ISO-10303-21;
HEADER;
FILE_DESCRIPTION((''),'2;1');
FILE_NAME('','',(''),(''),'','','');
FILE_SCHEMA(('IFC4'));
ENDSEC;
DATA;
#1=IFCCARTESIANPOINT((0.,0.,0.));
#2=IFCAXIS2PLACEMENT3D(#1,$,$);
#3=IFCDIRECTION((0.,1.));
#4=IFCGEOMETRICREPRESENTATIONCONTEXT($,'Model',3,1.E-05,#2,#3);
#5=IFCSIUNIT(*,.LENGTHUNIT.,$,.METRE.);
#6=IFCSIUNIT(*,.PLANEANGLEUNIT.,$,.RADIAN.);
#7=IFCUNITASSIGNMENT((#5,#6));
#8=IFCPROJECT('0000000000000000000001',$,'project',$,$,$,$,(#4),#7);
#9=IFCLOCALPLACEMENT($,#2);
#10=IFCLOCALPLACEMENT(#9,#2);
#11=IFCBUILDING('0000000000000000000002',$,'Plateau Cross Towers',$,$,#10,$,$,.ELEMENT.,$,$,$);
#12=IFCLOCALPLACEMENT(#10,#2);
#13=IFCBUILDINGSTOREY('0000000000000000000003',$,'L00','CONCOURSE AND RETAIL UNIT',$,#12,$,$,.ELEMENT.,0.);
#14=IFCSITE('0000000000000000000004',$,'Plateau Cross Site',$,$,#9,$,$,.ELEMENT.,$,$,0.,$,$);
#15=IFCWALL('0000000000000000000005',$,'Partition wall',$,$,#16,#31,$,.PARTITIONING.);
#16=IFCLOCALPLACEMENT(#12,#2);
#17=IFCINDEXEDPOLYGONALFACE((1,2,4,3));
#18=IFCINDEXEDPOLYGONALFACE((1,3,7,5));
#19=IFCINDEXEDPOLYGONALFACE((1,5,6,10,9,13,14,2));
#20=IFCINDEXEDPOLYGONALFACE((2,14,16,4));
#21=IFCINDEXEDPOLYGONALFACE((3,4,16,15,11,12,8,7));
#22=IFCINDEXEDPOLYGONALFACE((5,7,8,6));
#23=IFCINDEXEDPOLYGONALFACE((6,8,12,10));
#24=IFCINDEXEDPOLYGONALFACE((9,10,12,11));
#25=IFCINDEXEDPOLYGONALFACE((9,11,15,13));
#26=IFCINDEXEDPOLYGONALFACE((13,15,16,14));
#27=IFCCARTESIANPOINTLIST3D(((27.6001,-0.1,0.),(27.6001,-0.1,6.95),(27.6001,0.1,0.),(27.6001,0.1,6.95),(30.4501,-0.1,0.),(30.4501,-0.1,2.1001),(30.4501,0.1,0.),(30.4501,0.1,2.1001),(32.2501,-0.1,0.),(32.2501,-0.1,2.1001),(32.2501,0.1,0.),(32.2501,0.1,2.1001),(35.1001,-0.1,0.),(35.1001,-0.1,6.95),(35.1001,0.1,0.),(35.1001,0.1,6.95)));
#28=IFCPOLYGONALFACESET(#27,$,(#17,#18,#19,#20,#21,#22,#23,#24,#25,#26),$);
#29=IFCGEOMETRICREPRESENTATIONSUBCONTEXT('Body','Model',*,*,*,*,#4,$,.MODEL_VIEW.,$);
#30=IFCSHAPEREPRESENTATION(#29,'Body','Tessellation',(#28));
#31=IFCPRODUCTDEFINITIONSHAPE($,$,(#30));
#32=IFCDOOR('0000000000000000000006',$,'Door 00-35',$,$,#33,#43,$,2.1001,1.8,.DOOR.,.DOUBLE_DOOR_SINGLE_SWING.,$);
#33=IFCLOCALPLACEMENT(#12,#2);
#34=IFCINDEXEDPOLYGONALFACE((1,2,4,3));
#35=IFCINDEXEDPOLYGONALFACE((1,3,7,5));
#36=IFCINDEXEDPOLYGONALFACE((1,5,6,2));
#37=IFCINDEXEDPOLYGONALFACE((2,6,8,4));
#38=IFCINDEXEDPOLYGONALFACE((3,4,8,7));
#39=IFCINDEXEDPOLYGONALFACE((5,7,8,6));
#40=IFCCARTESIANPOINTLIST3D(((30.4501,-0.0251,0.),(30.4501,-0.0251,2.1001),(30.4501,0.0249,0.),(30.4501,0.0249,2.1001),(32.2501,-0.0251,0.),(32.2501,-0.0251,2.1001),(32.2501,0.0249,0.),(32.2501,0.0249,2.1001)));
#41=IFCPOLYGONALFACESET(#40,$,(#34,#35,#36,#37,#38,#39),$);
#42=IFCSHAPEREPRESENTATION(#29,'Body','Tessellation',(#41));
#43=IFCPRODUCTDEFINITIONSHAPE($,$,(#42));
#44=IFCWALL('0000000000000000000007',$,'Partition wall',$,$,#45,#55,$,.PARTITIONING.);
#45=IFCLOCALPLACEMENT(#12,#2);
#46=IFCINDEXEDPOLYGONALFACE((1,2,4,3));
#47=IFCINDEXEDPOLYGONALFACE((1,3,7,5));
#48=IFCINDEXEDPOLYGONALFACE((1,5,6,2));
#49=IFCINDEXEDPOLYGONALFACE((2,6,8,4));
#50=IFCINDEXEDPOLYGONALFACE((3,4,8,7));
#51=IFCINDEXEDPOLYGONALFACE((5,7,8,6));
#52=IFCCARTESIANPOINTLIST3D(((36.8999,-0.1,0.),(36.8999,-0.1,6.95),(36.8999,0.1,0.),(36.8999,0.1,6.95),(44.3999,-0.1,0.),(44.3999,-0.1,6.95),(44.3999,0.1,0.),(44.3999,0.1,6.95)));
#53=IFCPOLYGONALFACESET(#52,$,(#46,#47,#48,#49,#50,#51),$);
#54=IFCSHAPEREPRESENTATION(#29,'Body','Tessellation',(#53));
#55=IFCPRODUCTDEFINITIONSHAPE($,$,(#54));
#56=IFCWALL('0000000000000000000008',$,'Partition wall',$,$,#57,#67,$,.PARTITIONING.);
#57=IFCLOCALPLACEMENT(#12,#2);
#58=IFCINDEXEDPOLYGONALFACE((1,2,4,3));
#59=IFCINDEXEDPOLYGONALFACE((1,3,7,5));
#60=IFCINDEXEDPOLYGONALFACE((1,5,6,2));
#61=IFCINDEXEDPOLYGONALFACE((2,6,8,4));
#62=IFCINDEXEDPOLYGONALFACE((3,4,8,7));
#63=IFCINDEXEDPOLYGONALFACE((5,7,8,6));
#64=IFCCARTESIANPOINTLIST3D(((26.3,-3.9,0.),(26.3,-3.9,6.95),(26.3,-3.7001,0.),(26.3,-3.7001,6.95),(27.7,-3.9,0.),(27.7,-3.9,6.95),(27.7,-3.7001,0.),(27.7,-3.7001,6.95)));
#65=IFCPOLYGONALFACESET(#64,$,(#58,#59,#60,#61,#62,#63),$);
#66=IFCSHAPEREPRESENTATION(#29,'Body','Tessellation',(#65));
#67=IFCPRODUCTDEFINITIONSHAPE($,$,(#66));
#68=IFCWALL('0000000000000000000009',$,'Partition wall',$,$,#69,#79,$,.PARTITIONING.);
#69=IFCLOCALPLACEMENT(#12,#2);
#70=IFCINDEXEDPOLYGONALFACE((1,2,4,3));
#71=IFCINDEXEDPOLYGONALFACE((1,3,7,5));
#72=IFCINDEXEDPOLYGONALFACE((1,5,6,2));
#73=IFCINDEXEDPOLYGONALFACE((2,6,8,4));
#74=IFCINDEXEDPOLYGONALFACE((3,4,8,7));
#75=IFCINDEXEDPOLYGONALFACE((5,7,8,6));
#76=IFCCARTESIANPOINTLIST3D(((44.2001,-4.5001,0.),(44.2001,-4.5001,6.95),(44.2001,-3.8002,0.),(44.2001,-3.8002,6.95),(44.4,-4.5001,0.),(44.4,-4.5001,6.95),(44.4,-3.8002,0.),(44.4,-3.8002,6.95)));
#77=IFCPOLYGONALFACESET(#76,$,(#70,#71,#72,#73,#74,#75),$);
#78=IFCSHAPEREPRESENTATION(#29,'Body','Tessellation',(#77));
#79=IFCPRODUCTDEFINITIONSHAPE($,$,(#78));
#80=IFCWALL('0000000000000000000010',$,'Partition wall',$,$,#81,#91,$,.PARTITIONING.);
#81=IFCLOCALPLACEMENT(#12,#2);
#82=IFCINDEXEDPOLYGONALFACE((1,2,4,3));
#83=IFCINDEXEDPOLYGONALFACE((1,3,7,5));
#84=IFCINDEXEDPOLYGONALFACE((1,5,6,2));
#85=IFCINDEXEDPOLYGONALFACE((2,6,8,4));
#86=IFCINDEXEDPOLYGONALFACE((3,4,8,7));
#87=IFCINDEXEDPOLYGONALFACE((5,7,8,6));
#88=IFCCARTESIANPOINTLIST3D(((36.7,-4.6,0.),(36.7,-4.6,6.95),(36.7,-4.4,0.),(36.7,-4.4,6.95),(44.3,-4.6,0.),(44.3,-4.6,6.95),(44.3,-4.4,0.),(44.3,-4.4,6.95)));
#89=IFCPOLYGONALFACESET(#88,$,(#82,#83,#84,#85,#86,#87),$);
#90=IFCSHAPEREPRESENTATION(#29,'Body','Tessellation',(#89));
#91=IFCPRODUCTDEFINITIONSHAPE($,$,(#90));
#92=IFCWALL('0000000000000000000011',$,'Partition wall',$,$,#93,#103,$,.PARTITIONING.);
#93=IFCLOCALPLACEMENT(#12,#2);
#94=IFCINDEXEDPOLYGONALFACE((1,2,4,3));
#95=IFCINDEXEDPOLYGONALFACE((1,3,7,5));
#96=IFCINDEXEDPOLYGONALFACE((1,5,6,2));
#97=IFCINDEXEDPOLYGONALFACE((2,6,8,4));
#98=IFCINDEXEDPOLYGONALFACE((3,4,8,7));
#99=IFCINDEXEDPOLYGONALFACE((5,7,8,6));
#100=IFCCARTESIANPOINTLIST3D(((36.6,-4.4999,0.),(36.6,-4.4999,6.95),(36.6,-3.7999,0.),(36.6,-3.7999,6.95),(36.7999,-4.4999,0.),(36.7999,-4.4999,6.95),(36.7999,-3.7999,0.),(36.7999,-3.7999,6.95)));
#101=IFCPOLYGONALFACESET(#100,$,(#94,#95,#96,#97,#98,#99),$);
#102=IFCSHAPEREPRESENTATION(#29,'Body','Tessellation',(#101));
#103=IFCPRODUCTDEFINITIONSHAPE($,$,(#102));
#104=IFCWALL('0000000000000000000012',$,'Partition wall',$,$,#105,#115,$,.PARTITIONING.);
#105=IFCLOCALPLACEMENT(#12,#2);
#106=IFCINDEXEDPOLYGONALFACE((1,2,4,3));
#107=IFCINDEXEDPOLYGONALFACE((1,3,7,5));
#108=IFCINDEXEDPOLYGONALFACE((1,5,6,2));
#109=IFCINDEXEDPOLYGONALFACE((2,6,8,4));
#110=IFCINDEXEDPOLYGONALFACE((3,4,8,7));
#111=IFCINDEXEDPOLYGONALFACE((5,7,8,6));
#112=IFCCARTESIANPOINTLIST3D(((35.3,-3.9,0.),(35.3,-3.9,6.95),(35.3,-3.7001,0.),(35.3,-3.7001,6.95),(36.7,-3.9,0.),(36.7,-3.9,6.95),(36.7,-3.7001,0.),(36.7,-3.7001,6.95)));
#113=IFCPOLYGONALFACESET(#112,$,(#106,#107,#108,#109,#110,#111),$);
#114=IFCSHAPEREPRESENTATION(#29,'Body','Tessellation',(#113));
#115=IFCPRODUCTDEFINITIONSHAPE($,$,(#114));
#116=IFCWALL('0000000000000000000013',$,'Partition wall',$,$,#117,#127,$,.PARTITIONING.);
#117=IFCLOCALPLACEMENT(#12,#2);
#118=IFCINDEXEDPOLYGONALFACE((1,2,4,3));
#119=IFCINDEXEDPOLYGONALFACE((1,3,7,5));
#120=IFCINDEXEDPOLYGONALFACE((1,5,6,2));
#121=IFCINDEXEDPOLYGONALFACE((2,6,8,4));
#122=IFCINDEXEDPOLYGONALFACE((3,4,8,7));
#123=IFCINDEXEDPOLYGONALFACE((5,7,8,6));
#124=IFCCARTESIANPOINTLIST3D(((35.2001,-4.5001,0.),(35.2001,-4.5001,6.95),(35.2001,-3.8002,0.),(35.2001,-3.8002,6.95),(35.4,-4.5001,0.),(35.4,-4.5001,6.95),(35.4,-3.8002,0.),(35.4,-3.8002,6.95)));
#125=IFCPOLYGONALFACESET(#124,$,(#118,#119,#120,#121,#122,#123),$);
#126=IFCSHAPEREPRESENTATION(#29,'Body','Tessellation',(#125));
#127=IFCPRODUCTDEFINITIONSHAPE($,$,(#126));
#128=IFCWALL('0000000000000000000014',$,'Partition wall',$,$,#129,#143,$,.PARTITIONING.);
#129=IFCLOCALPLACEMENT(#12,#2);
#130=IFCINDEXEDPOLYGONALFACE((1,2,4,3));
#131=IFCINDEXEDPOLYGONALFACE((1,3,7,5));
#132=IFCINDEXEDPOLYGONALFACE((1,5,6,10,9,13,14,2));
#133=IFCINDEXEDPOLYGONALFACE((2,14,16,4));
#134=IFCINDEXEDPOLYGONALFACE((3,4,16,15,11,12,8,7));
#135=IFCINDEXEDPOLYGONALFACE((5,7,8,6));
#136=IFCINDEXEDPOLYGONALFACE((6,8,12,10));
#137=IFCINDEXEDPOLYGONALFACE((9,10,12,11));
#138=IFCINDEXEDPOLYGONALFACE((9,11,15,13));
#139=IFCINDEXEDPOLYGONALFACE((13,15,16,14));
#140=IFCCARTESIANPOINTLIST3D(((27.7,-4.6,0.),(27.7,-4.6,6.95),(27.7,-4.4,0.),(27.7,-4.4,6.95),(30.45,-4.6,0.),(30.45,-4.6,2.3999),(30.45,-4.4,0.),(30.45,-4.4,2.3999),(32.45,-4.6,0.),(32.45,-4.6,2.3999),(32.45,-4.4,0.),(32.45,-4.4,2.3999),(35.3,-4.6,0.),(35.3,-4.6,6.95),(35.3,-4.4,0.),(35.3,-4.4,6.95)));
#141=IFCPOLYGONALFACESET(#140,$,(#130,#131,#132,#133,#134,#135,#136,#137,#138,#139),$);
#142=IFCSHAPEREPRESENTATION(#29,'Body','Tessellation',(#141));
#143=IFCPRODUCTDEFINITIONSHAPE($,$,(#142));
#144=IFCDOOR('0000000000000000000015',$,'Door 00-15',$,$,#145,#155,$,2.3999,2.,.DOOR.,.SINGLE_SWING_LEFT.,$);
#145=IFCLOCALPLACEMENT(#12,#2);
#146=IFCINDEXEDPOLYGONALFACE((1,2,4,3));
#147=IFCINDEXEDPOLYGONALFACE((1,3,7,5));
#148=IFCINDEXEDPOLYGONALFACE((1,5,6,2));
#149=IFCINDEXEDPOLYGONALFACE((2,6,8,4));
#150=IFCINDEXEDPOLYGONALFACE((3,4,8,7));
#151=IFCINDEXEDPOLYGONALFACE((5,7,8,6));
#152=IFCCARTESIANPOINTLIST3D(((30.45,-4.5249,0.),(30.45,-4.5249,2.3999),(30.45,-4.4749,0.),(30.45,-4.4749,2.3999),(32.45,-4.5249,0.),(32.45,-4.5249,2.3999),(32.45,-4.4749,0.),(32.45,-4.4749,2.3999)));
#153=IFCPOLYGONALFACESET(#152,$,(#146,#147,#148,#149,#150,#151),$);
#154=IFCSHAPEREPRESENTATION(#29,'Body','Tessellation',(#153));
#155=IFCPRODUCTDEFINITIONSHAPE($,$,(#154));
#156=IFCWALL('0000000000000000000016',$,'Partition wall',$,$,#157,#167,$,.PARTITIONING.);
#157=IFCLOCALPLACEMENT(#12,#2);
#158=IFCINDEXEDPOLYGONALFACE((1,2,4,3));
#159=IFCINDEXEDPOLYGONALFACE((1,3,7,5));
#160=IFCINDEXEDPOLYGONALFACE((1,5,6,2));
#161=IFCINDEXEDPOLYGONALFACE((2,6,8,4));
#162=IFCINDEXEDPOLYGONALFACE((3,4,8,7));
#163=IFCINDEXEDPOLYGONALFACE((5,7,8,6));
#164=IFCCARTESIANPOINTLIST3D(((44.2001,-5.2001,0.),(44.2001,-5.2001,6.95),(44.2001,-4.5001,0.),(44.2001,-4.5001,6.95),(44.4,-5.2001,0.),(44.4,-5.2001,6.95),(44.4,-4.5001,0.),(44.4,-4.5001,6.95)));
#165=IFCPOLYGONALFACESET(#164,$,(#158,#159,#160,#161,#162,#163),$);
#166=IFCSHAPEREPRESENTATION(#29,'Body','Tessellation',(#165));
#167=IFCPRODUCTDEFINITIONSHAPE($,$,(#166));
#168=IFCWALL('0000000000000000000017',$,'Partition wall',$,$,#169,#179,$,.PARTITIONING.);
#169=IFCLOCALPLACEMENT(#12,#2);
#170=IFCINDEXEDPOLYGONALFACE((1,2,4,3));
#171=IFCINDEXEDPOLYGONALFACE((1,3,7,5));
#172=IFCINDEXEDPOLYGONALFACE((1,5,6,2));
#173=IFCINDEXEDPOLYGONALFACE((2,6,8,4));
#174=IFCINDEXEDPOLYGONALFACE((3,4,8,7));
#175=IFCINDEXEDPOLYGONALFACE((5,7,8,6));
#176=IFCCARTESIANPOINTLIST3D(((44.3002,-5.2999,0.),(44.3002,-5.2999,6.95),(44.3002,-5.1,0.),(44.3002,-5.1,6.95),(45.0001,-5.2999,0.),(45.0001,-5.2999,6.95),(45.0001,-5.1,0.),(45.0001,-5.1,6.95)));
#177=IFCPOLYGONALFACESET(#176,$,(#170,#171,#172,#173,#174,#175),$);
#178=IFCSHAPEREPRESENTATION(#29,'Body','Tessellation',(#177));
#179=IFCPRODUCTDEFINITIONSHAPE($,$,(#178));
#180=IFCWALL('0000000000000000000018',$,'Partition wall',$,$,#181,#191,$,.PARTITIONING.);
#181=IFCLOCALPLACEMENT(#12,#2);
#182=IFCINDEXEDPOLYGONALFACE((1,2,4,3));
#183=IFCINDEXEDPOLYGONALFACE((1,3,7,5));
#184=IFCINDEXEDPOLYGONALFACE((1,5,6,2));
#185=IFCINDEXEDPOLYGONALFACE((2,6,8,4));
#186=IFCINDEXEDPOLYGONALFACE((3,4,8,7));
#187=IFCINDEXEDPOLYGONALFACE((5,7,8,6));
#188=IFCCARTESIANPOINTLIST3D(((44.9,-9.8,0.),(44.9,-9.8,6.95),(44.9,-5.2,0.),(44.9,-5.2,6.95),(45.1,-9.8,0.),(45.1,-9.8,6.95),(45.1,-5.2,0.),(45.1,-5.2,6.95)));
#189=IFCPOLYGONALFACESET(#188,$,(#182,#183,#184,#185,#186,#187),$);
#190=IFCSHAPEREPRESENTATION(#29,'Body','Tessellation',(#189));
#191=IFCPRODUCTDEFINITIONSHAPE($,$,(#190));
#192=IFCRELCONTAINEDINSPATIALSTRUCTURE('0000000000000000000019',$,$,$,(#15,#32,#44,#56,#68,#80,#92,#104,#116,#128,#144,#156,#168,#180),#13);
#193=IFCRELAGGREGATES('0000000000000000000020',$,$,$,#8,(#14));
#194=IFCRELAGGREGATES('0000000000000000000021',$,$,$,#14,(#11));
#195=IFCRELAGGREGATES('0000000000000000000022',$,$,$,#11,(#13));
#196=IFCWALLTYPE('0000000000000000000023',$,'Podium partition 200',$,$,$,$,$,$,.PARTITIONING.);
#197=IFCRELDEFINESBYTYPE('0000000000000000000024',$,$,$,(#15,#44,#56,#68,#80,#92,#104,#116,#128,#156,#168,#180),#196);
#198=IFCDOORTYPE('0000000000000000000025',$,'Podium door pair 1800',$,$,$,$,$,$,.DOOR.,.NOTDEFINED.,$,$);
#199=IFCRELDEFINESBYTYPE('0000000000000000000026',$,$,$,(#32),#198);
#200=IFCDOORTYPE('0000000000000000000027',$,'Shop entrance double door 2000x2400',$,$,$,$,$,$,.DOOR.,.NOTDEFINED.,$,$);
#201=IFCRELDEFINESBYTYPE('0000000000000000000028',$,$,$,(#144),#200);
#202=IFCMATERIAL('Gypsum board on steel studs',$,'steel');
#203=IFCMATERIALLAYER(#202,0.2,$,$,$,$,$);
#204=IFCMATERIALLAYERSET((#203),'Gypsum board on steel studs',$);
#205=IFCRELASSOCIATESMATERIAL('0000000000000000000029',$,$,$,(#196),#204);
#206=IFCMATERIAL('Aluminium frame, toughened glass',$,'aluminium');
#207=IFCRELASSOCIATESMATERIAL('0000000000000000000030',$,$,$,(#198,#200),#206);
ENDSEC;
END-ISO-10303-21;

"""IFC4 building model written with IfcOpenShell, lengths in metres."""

from ifc_helpers import new_model, si_unit, direction, frame, frame_2d, origin, place, context, subcontext, project, spatial, rectangle, extrude, material, layer, layer_set, type_object, element, fill, save


model = new_model("IFC4")

# Units and contexts
model_context = context("Model", 3, precision=1e-05, world=origin(), true_north=direction((0.0, 1.0)))
body_context = subcontext(model_context, "Body", "Model", "MODEL_VIEW")
ifc_project = project(units=[si_unit("LENGTHUNIT", "METRE"), si_unit("PLANEANGLEUNIT", "RADIAN")], contexts=[model_context])

# Site, building, storey
site_placement = place(None, origin())
site = spatial("IfcSite", under=ifc_project, at=site_placement, Name="Plateau Cross Site", CompositionType="ELEMENT", RefElevation=0.0)
building_placement = place(site_placement, origin())
building = spatial("IfcBuilding", under=site, at=building_placement, Name="Plateau Cross Towers", CompositionType="ELEMENT")
storey_placement = place(building_placement, origin())
storey = spatial("IfcBuildingStorey", under=building, at=storey_placement, Name="L00", Description="CONCOURSE AND RETAIL UNIT", CompositionType="ELEMENT", Elevation=0.0)

# Wall, opening, door
ifc_material_1 = material(Name="Gypsum board on steel studs", Category="steel")
ifc_layer_1 = layer(ifc_material_1, 0.2)
ifc_layer_set_1 = layer_set([ifc_layer_1], Name="Gypsum board on steel studs")
wall_type = type_object("IfcWallType", Name="Podium partition 200", PredefinedType="PARTITIONING", material=ifc_layer_set_1)
wall_1_placement = place(storey_placement, frame((27.6001, 0.0, 0.0), z_axis=(0.0, 0.0, 1.0), x_axis=(1.0, 0.0, 0.0)))
wall_1 = element("IfcWall", 1, at=wall_1_placement, inside=storey, type_object=wall_type, Name="Partition wall", PredefinedType="PARTITIONING", context=body_context, shape_type="SweptSolid", body=[
    extrude(rectangle(XDim=7.5, YDim=0.2, at=frame_2d((3.75, 0.0))), origin(), (0.0, 0.0, 1.0), 6.95),
])
opening_1_placement = place(wall_1_placement, frame((2.8501, 0.0, 0.0)))
opening_1 = element("IfcOpeningElement", 2, at=opening_1_placement, cuts=wall_1, PredefinedType="OPENING", context=body_context, shape_type="SweptSolid", body=[
    extrude(rectangle(XDim=1.8, YDim=2.1001, at=frame_2d((0.8999, 1.05))), frame((0.0, 0.1099, 0.0), z_axis=(0.0, -1.0, 0.0), x_axis=(1.0, 0.0, 0.0)), (0.0, 0.0, 1.0), 0.22),
])
ifc_material_2 = material(Name="Aluminium frame, toughened glass", Category="aluminium")
door_type_1 = type_object("IfcDoorType", Name="Podium door pair 1800", OperationType="NOTDEFINED", PredefinedType="DOOR", material=ifc_material_2)
door_1_placement = place(opening_1_placement, origin())
door_1 = element("IfcDoor", 3, at=door_1_placement, inside=storey, type_object=door_type_1, Name="Door 00-35", OperationType="DOUBLE_DOOR_SINGLE_SWING", OverallHeight=2.1001, OverallWidth=1.8, PredefinedType="DOOR", context=body_context, shape_type="SweptSolid", body=[
    extrude(rectangle(XDim=1.8, YDim=2.1001, at=frame_2d((0.8999, 1.05))), frame((0.0, 0.0249, 0.0), z_axis=(0.0, -1.0, 0.0), x_axis=(1.0, 0.0, 0.0)), (0.0, 0.0, 1.0), 0.05),
])
fill(opening_1, door_1)

# Walls
wall_2_placement = place(storey_placement, frame((36.8999, 0.0, 0.0), z_axis=(0.0, 0.0, 1.0), x_axis=(1.0, 0.0, 0.0)))
element("IfcWall", 4, at=wall_2_placement, inside=storey, type_object=wall_type, Name="Partition wall", PredefinedType="PARTITIONING", context=body_context, shape_type="SweptSolid", body=[
    extrude(rectangle(XDim=7.5, YDim=0.2, at=frame_2d((3.75, 0.0))), origin(), (0.0, 0.0, 1.0), 6.95),
])
wall_3_placement = place(storey_placement, frame((27.7, -3.8, 0.0), z_axis=(0.0, 0.0, 1.0), x_axis=(-1.0, 0.0, 0.0)))
element("IfcWall", 5, at=wall_3_placement, inside=storey, type_object=wall_type, Name="Partition wall", PredefinedType="PARTITIONING", context=body_context, shape_type="SweptSolid", body=[
    extrude(rectangle(XDim=1.3999, YDim=0.2, at=frame_2d((0.7, 0.0))), origin(), (0.0, 0.0, 1.0), 6.95),
])
wall_4_placement = place(storey_placement, frame((44.3, -3.8, 0.0), z_axis=(0.0, 0.0, 1.0), x_axis=(0.0, -1.0, 0.0)))
element("IfcWall", 6, at=wall_4_placement, inside=storey, type_object=wall_type, Name="Partition wall", PredefinedType="PARTITIONING", context=body_context, shape_type="SweptSolid", body=[
    extrude(rectangle(XDim=0.7, YDim=0.2, at=frame_2d((0.3501, 0.0))), origin(), (0.0, 0.0, 1.0), 6.95),
])
wall_5_placement = place(storey_placement, frame((44.3, -4.5, 0.0), z_axis=(0.0, 0.0, 1.0), x_axis=(-1.0, 0.0, 0.0)))
element("IfcWall", 7, at=wall_5_placement, inside=storey, type_object=wall_type, Name="Partition wall", PredefinedType="PARTITIONING", context=body_context, shape_type="SweptSolid", body=[
    extrude(rectangle(XDim=7.6001, YDim=0.2, at=frame_2d((3.8, 0.0))), origin(), (0.0, 0.0, 1.0), 6.95),
])
wall_6_placement = place(storey_placement, frame((36.7, -4.5, 0.0), z_axis=(0.0, 0.0, 1.0), x_axis=(0.0, 1.0, 0.0)))
element("IfcWall", 8, at=wall_6_placement, inside=storey, type_object=wall_type, Name="Partition wall", PredefinedType="PARTITIONING", context=body_context, shape_type="SweptSolid", body=[
    extrude(rectangle(XDim=0.7, YDim=0.2, at=frame_2d((0.3501, 0.0))), origin(), (0.0, 0.0, 1.0), 6.95),
])
wall_7_placement = place(storey_placement, frame((36.7, -3.8, 0.0), z_axis=(0.0, 0.0, 1.0), x_axis=(-1.0, 0.0, 0.0)))
element("IfcWall", 9, at=wall_7_placement, inside=storey, type_object=wall_type, Name="Partition wall", PredefinedType="PARTITIONING", context=body_context, shape_type="SweptSolid", body=[
    extrude(rectangle(XDim=1.3999, YDim=0.2, at=frame_2d((0.7, 0.0))), origin(), (0.0, 0.0, 1.0), 6.95),
])
wall_8_placement = place(storey_placement, frame((35.3, -3.8, 0.0), z_axis=(0.0, 0.0, 1.0), x_axis=(0.0, -1.0, 0.0)))
element("IfcWall", 10, at=wall_8_placement, inside=storey, type_object=wall_type, Name="Partition wall", PredefinedType="PARTITIONING", context=body_context, shape_type="SweptSolid", body=[
    extrude(rectangle(XDim=0.7, YDim=0.2, at=frame_2d((0.3501, 0.0))), origin(), (0.0, 0.0, 1.0), 6.95),
])

# Wall, opening, door
wall_9_placement = place(storey_placement, frame((35.3, -4.5, 0.0), z_axis=(0.0, 0.0, 1.0), x_axis=(-1.0, 0.0, 0.0)))
wall_9 = element("IfcWall", 11, at=wall_9_placement, inside=storey, type_object=wall_type, Name="Partition wall", PredefinedType="PARTITIONING", context=body_context, shape_type="SweptSolid", body=[
    extrude(rectangle(XDim=7.6001, YDim=0.2, at=frame_2d((3.8, 0.0))), origin(), (0.0, 0.0, 1.0), 6.95),
])
opening_2_placement = place(wall_9_placement, frame((2.8501, 0.0, 0.0)))
opening_2 = element("IfcOpeningElement", 12, at=opening_2_placement, cuts=wall_9, PredefinedType="OPENING", context=body_context, shape_type="SweptSolid", body=[
    extrude(rectangle(XDim=2.0, YDim=2.3999, at=frame_2d((1.0, 1.2))), frame((0.0, 0.1099, 0.0), z_axis=(0.0, -1.0, 0.0), x_axis=(1.0, 0.0, 0.0)), (0.0, 0.0, 1.0), 0.22),
])
door_type_2 = type_object("IfcDoorType", Name="Shop entrance double door 2000x2400", OperationType="NOTDEFINED", PredefinedType="DOOR", material=ifc_material_2)
door_2_placement = place(opening_2_placement, origin())
door_2 = element("IfcDoor", 13, at=door_2_placement, inside=storey, type_object=door_type_2, Name="Door 00-15", OperationType="SINGLE_SWING_LEFT", OverallHeight=2.3999, OverallWidth=2.0, PredefinedType="DOOR", context=body_context, shape_type="SweptSolid", body=[
    extrude(rectangle(XDim=2.0, YDim=2.3999, at=frame_2d((1.0, 1.2))), frame((0.0, 0.0249, 0.0), z_axis=(0.0, -1.0, 0.0), x_axis=(1.0, 0.0, 0.0)), (0.0, 0.0, 1.0), 0.05),
])
fill(opening_2, door_2)

# Walls
for number, where, z_axis, x_axis, name in (
    (14, (44.3, -4.5, 0.0), (0.0, 0.0, 1.0), (0.0, -1.0, 0.0), "Partition wall"),
    (15, (44.3, -5.2, 0.0), (0.0, 0.0, 1.0), (1.0, 0.0, 0.0), "Partition wall"),
):
    element("IfcWall", number, at=place(storey_placement, frame(where, z_axis=z_axis, x_axis=x_axis)), inside=storey, type_object=wall_type, Name=name, PredefinedType="PARTITIONING", context=body_context, shape_type="SweptSolid", body=[
        extrude(rectangle(XDim=0.7, YDim=0.2, at=frame_2d((0.3501, 0.0))), origin(), (0.0, 0.0, 1.0), 6.95),
    ])
wall_10_placement = place(storey_placement, frame((45.0, -5.2, 0.0), z_axis=(0.0, 0.0, 1.0), x_axis=(0.0, -1.0, 0.0)))
element("IfcWall", 16, at=wall_10_placement, inside=storey, type_object=wall_type, Name="Partition wall", PredefinedType="PARTITIONING", context=body_context, shape_type="SweptSolid", body=[
    extrude(rectangle(XDim=4.6001, YDim=0.2, at=frame_2d((2.3, 0.0))), origin(), (0.0, 0.0, 1.0), 6.95),
])

save(model, "model.ifc")
